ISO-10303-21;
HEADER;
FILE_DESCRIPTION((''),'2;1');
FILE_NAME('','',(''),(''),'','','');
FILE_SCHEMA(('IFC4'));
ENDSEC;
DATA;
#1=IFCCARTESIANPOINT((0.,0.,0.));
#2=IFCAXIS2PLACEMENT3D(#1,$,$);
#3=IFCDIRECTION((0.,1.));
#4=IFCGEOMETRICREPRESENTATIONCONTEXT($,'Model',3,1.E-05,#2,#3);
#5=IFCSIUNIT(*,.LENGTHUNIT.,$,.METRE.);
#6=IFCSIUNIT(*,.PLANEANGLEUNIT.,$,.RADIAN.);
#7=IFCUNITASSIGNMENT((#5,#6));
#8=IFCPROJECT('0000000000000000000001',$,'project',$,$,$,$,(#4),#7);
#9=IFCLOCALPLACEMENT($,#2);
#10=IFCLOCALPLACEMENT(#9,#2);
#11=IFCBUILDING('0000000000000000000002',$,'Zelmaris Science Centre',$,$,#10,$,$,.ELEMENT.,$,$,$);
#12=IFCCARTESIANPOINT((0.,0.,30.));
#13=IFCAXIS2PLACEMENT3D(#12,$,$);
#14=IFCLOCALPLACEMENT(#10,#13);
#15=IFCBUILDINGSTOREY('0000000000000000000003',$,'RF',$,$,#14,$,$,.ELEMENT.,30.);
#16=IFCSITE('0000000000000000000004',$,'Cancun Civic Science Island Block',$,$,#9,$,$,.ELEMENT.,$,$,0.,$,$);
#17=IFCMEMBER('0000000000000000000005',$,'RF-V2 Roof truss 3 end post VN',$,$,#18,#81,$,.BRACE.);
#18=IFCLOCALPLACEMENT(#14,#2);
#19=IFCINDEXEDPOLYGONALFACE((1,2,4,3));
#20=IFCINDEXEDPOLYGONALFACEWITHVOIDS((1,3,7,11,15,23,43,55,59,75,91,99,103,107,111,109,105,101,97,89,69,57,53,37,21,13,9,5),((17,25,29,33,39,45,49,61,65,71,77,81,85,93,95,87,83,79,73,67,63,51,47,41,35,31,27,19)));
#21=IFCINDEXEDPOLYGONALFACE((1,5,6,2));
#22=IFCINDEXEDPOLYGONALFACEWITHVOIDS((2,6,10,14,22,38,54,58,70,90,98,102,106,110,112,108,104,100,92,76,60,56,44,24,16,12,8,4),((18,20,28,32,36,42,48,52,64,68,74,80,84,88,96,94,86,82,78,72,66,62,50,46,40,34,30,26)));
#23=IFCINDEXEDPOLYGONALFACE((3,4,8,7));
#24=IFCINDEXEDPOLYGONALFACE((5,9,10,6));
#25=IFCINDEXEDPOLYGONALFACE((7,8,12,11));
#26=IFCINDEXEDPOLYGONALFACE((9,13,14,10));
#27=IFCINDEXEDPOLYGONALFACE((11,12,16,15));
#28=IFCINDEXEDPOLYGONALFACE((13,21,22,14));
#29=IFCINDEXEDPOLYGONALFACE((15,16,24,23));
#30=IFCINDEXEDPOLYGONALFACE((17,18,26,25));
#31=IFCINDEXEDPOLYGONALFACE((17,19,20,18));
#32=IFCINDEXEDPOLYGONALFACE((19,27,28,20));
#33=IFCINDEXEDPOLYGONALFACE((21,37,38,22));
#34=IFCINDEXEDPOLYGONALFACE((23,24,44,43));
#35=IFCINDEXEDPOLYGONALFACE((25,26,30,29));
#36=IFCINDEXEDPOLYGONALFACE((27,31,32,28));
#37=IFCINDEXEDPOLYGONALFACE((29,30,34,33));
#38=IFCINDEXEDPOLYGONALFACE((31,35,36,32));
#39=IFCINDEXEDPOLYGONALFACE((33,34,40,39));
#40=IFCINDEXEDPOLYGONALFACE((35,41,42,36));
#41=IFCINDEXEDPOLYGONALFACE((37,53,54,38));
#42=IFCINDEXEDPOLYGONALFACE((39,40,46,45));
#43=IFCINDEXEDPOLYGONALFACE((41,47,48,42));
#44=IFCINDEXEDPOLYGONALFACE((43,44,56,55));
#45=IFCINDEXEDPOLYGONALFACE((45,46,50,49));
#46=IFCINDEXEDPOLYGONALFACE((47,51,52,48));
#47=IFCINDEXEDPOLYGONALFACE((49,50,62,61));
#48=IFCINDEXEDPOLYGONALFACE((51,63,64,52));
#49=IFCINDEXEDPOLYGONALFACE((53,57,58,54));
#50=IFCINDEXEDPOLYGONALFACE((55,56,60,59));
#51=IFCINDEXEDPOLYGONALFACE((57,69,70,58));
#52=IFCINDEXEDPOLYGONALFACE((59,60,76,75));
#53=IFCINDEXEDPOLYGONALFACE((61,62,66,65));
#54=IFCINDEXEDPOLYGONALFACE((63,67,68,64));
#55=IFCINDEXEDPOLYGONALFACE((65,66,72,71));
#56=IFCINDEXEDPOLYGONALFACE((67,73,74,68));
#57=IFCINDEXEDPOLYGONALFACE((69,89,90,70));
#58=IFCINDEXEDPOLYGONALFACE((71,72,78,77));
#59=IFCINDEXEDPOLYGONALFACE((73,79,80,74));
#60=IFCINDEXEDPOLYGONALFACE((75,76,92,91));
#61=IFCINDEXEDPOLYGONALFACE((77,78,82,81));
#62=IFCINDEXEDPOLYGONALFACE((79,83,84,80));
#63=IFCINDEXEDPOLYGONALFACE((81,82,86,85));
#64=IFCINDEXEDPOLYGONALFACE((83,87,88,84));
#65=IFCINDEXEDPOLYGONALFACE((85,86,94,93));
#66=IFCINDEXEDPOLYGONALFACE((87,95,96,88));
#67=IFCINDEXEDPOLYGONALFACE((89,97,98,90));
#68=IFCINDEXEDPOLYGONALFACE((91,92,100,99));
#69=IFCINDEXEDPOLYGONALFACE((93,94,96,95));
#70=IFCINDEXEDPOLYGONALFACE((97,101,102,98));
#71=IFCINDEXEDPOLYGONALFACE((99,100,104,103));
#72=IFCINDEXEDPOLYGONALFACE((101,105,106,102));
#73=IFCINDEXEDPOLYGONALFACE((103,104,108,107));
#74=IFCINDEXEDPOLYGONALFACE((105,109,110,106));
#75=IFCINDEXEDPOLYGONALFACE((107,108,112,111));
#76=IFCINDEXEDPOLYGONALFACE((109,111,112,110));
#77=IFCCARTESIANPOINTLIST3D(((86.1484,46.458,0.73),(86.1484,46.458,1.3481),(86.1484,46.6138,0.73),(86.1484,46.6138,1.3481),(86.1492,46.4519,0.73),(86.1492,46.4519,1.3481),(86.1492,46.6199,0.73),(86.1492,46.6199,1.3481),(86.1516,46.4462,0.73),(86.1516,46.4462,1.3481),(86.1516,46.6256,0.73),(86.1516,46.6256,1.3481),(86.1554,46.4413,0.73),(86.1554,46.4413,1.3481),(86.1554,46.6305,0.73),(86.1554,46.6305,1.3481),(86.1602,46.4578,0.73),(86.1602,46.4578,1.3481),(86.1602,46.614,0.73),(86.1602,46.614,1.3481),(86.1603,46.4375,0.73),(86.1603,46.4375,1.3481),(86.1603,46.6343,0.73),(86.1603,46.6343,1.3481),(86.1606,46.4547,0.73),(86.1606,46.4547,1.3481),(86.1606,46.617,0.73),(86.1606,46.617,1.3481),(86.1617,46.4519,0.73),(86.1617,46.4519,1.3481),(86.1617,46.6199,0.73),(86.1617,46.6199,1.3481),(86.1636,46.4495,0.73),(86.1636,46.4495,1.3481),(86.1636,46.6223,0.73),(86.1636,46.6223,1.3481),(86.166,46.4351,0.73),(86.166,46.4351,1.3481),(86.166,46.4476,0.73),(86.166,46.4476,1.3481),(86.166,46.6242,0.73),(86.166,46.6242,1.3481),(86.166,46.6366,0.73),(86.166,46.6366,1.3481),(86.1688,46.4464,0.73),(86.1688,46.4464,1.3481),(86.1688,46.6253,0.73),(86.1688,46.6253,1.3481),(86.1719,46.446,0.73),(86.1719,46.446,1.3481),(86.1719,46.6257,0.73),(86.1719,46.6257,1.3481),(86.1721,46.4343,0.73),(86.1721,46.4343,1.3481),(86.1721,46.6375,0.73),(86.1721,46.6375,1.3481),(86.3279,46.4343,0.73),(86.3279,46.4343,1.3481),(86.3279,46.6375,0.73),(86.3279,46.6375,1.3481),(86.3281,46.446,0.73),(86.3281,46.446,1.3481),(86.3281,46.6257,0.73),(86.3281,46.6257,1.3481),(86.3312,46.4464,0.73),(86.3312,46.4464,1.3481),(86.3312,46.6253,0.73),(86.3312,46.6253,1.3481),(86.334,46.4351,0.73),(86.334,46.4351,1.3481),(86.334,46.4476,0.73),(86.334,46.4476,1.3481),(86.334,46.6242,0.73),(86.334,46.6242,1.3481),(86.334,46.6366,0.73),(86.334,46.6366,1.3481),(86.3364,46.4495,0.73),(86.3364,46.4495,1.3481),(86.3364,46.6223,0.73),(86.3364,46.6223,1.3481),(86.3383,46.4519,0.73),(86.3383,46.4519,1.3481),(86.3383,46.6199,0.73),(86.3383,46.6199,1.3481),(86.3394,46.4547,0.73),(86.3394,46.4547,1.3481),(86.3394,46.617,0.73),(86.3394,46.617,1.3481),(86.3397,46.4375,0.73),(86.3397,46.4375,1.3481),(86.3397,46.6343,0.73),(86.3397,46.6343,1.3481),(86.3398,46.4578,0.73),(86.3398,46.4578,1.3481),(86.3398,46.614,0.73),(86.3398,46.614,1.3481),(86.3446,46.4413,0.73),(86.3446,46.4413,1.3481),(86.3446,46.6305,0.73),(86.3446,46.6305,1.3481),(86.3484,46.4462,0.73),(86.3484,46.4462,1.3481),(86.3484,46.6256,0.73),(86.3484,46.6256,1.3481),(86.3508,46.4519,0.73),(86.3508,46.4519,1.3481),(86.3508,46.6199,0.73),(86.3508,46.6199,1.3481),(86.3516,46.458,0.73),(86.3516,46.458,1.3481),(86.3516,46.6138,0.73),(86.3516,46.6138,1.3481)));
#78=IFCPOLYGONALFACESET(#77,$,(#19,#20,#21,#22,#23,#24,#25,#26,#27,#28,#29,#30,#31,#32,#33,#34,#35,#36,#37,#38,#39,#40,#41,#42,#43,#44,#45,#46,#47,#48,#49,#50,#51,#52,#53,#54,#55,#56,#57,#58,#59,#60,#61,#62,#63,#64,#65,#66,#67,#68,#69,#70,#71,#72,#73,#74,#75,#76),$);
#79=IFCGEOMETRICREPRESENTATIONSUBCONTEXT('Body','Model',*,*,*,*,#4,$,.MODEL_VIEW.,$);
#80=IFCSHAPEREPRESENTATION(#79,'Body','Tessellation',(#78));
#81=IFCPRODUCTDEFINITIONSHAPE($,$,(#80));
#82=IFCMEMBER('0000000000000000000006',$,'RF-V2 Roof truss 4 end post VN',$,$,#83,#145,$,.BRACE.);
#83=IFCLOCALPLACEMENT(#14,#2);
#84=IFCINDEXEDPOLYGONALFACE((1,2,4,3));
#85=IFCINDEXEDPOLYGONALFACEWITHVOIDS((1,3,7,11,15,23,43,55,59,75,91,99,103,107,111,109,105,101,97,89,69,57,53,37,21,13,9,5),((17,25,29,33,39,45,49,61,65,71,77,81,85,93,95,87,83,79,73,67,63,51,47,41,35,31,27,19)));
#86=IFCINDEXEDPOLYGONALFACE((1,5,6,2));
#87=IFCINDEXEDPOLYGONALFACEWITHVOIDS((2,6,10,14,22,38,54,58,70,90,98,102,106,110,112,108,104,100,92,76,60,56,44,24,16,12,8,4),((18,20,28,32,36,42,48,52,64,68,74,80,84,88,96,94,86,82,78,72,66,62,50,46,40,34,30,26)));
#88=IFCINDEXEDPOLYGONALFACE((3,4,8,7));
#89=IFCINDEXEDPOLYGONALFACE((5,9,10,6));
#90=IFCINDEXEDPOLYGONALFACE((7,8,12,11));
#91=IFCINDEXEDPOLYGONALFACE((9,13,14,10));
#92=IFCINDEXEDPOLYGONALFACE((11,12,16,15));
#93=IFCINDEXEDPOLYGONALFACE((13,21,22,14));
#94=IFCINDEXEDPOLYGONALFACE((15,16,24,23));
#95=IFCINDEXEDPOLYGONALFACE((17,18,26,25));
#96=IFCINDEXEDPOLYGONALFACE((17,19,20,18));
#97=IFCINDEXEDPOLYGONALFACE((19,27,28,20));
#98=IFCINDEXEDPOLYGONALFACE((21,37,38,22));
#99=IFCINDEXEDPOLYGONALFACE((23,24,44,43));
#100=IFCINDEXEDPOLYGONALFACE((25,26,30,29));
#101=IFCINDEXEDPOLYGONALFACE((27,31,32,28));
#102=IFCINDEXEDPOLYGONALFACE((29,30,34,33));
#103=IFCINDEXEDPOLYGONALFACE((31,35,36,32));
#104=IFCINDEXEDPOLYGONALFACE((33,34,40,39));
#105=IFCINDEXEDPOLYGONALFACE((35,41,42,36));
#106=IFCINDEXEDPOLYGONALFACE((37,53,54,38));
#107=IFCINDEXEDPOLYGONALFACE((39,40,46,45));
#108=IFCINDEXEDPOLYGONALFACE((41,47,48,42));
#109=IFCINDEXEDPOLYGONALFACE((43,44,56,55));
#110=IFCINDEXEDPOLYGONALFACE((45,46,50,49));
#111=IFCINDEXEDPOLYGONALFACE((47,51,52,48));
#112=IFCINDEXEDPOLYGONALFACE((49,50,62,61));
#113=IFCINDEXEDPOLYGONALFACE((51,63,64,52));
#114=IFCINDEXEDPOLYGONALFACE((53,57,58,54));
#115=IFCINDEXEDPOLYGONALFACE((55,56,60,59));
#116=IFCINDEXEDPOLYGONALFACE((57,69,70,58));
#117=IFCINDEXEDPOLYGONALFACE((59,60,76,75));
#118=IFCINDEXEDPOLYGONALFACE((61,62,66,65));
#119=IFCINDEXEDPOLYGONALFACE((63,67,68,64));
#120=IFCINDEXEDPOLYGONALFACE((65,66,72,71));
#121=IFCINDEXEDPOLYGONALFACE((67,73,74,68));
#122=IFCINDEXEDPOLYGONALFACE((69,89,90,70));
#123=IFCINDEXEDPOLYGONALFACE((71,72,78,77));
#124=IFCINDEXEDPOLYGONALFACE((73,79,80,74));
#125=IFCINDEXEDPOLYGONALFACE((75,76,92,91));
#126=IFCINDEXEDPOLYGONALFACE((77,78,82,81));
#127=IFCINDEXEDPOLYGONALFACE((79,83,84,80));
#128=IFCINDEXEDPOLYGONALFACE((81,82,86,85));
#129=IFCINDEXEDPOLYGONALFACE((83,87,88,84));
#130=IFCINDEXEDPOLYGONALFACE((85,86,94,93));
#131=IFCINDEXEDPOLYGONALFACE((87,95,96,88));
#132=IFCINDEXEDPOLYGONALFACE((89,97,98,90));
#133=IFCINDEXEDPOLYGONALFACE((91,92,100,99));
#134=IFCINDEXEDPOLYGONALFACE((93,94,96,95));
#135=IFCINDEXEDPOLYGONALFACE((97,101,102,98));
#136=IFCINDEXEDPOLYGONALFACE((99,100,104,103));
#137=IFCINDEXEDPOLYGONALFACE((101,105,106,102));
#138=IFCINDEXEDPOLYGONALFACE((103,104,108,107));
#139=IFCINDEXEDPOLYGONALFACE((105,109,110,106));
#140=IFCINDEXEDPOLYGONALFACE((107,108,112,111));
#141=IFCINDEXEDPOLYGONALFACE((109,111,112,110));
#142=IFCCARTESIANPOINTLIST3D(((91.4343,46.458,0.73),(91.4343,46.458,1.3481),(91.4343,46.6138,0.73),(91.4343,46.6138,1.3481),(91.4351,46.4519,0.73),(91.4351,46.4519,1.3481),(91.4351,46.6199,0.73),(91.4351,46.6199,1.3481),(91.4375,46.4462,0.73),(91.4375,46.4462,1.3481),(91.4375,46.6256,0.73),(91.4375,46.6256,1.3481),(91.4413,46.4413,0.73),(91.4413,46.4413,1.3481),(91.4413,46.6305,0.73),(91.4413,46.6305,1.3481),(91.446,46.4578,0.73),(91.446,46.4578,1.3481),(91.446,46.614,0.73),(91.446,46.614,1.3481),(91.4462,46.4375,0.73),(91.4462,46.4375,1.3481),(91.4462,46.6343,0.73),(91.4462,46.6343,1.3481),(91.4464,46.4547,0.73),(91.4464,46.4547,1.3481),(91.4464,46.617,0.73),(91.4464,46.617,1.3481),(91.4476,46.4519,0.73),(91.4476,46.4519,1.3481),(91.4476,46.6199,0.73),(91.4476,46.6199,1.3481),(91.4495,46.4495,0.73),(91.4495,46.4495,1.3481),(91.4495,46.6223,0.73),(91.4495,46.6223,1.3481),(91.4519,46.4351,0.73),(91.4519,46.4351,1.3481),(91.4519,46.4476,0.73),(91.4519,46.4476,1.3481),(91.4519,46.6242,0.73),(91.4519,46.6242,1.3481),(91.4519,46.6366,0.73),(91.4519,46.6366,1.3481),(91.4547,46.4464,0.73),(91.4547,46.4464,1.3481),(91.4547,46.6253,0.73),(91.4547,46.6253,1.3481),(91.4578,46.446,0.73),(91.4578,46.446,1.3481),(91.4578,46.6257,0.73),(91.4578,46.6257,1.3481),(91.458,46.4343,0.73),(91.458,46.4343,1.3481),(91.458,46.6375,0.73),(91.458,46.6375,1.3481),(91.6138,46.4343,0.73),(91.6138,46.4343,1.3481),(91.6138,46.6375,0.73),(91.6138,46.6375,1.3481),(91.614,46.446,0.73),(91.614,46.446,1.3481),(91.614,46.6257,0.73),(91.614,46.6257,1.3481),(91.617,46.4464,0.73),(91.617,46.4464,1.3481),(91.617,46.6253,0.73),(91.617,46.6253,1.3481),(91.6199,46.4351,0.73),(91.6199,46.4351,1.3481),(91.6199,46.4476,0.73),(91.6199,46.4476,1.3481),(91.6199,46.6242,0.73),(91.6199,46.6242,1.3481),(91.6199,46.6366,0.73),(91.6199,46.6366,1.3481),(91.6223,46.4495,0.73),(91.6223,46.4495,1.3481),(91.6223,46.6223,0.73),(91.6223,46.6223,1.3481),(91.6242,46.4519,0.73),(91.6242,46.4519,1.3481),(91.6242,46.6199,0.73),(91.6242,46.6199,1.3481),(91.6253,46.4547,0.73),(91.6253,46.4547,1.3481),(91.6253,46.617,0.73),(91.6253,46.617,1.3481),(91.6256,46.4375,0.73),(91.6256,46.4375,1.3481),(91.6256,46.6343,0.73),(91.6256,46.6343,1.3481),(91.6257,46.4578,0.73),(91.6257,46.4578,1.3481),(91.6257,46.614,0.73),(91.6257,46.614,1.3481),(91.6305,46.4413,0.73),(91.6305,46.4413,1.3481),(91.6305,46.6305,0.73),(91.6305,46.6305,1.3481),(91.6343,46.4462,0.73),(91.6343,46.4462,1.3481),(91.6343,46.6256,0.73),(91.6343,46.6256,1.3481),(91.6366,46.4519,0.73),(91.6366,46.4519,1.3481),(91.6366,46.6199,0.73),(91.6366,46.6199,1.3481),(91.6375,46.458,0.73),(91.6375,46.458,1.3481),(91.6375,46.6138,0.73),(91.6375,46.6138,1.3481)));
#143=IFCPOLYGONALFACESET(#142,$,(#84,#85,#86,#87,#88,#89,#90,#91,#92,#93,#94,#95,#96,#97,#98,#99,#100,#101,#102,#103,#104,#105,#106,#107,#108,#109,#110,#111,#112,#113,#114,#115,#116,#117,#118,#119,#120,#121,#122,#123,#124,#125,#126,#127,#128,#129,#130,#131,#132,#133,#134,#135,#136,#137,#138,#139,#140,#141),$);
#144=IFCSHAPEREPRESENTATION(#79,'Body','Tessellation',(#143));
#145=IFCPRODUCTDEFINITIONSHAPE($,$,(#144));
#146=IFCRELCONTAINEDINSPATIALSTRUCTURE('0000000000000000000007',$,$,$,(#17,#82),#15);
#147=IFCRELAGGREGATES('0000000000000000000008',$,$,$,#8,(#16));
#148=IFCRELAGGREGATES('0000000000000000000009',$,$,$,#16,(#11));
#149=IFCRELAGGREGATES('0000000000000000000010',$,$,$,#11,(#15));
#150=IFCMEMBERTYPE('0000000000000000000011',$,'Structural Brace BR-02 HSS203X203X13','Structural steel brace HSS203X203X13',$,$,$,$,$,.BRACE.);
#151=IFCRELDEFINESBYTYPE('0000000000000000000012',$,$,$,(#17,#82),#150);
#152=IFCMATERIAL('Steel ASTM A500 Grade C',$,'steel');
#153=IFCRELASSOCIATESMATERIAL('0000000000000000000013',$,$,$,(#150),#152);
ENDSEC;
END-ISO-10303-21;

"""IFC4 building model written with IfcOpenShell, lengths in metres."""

from ifc_helpers import new_model, si_unit, direction, frame, origin, origin_2d, place, context, subcontext, project, spatial, hollow_rectangle, extrude, material, material_profile, profile_set, type_object, element, save


model = new_model("IFC4")

# Units and contexts
model_context = context("Model", 3, precision=1e-05, world=origin(), true_north=direction((0.0, 1.0)))
body_context = subcontext(model_context, "Body", "Model", "MODEL_VIEW")
ifc_project = project(units=[si_unit("LENGTHUNIT", "METRE"), si_unit("PLANEANGLEUNIT", "RADIAN")], contexts=[model_context])

# Site, building, storey
site_placement = place(None, origin())
site = spatial("IfcSite", under=ifc_project, at=site_placement, Name="Cancun Civic Science Island Block", CompositionType="ELEMENT", RefElevation=0.0)
building_placement = place(site_placement, origin())
building = spatial("IfcBuilding", under=site, at=building_placement, Name="Zelmaris Science Centre", CompositionType="ELEMENT")
storey_placement = place(building_placement, frame((0.0, 0.0, 30.0)))
storey = spatial("IfcBuildingStorey", under=building, at=storey_placement, Name="RF", CompositionType="ELEMENT", Elevation=30.0)

# Shared definitions
ifc_material = material(Name="Steel ASTM A500 Grade C", Category="steel")

# Members
ifc_material_profile_1 = material_profile(ifc_material, hollow_rectangle(XDim=0.2031, YDim=0.2031, WallThickness=0.0117, InnerFilletRadius=0.0117, OuterFilletRadius=0.0237, at=origin_2d()), Name="HSS203X203X13")
ifc_profile_set_1 = profile_set([ifc_material_profile_1], Name="Steel ASTM A500 Grade C")
member_type_1 = type_object("IfcMemberType", Name="Structural Brace BR-02 HSS203X203X13", Description="Structural steel brace HSS203X203X13", PredefinedType="BRACE", material=ifc_profile_set_1)
for number, where, z_axis, x_axis, name in (
    (1, (86.25, 46.5359, 0.73), (0.0, 0.0, 1.0), (1.0, 0.0, 0.0), "RF-V2 Roof truss 3 end post VN"),
    (2, (91.5359, 46.5359, 0.73), (0.0, 0.0, 1.0), (1.0, 0.0, 0.0), "RF-V2 Roof truss 4 end post VN"),
):
    element("IfcMember", number, at=place(storey_placement, frame(where, z_axis=z_axis, x_axis=x_axis)), inside=storey, type_object=member_type_1, Name=name, PredefinedType="BRACE", context=body_context, shape_type="SweptSolid", body=[
        extrude(hollow_rectangle(XDim=0.2031, YDim=0.2031, WallThickness=0.0117, InnerFilletRadius=0.0117, OuterFilletRadius=0.0237, at=origin_2d()), origin(), (0.0, 0.0, 1.0), 0.6182),
    ])

save(model, "model.ifc")
